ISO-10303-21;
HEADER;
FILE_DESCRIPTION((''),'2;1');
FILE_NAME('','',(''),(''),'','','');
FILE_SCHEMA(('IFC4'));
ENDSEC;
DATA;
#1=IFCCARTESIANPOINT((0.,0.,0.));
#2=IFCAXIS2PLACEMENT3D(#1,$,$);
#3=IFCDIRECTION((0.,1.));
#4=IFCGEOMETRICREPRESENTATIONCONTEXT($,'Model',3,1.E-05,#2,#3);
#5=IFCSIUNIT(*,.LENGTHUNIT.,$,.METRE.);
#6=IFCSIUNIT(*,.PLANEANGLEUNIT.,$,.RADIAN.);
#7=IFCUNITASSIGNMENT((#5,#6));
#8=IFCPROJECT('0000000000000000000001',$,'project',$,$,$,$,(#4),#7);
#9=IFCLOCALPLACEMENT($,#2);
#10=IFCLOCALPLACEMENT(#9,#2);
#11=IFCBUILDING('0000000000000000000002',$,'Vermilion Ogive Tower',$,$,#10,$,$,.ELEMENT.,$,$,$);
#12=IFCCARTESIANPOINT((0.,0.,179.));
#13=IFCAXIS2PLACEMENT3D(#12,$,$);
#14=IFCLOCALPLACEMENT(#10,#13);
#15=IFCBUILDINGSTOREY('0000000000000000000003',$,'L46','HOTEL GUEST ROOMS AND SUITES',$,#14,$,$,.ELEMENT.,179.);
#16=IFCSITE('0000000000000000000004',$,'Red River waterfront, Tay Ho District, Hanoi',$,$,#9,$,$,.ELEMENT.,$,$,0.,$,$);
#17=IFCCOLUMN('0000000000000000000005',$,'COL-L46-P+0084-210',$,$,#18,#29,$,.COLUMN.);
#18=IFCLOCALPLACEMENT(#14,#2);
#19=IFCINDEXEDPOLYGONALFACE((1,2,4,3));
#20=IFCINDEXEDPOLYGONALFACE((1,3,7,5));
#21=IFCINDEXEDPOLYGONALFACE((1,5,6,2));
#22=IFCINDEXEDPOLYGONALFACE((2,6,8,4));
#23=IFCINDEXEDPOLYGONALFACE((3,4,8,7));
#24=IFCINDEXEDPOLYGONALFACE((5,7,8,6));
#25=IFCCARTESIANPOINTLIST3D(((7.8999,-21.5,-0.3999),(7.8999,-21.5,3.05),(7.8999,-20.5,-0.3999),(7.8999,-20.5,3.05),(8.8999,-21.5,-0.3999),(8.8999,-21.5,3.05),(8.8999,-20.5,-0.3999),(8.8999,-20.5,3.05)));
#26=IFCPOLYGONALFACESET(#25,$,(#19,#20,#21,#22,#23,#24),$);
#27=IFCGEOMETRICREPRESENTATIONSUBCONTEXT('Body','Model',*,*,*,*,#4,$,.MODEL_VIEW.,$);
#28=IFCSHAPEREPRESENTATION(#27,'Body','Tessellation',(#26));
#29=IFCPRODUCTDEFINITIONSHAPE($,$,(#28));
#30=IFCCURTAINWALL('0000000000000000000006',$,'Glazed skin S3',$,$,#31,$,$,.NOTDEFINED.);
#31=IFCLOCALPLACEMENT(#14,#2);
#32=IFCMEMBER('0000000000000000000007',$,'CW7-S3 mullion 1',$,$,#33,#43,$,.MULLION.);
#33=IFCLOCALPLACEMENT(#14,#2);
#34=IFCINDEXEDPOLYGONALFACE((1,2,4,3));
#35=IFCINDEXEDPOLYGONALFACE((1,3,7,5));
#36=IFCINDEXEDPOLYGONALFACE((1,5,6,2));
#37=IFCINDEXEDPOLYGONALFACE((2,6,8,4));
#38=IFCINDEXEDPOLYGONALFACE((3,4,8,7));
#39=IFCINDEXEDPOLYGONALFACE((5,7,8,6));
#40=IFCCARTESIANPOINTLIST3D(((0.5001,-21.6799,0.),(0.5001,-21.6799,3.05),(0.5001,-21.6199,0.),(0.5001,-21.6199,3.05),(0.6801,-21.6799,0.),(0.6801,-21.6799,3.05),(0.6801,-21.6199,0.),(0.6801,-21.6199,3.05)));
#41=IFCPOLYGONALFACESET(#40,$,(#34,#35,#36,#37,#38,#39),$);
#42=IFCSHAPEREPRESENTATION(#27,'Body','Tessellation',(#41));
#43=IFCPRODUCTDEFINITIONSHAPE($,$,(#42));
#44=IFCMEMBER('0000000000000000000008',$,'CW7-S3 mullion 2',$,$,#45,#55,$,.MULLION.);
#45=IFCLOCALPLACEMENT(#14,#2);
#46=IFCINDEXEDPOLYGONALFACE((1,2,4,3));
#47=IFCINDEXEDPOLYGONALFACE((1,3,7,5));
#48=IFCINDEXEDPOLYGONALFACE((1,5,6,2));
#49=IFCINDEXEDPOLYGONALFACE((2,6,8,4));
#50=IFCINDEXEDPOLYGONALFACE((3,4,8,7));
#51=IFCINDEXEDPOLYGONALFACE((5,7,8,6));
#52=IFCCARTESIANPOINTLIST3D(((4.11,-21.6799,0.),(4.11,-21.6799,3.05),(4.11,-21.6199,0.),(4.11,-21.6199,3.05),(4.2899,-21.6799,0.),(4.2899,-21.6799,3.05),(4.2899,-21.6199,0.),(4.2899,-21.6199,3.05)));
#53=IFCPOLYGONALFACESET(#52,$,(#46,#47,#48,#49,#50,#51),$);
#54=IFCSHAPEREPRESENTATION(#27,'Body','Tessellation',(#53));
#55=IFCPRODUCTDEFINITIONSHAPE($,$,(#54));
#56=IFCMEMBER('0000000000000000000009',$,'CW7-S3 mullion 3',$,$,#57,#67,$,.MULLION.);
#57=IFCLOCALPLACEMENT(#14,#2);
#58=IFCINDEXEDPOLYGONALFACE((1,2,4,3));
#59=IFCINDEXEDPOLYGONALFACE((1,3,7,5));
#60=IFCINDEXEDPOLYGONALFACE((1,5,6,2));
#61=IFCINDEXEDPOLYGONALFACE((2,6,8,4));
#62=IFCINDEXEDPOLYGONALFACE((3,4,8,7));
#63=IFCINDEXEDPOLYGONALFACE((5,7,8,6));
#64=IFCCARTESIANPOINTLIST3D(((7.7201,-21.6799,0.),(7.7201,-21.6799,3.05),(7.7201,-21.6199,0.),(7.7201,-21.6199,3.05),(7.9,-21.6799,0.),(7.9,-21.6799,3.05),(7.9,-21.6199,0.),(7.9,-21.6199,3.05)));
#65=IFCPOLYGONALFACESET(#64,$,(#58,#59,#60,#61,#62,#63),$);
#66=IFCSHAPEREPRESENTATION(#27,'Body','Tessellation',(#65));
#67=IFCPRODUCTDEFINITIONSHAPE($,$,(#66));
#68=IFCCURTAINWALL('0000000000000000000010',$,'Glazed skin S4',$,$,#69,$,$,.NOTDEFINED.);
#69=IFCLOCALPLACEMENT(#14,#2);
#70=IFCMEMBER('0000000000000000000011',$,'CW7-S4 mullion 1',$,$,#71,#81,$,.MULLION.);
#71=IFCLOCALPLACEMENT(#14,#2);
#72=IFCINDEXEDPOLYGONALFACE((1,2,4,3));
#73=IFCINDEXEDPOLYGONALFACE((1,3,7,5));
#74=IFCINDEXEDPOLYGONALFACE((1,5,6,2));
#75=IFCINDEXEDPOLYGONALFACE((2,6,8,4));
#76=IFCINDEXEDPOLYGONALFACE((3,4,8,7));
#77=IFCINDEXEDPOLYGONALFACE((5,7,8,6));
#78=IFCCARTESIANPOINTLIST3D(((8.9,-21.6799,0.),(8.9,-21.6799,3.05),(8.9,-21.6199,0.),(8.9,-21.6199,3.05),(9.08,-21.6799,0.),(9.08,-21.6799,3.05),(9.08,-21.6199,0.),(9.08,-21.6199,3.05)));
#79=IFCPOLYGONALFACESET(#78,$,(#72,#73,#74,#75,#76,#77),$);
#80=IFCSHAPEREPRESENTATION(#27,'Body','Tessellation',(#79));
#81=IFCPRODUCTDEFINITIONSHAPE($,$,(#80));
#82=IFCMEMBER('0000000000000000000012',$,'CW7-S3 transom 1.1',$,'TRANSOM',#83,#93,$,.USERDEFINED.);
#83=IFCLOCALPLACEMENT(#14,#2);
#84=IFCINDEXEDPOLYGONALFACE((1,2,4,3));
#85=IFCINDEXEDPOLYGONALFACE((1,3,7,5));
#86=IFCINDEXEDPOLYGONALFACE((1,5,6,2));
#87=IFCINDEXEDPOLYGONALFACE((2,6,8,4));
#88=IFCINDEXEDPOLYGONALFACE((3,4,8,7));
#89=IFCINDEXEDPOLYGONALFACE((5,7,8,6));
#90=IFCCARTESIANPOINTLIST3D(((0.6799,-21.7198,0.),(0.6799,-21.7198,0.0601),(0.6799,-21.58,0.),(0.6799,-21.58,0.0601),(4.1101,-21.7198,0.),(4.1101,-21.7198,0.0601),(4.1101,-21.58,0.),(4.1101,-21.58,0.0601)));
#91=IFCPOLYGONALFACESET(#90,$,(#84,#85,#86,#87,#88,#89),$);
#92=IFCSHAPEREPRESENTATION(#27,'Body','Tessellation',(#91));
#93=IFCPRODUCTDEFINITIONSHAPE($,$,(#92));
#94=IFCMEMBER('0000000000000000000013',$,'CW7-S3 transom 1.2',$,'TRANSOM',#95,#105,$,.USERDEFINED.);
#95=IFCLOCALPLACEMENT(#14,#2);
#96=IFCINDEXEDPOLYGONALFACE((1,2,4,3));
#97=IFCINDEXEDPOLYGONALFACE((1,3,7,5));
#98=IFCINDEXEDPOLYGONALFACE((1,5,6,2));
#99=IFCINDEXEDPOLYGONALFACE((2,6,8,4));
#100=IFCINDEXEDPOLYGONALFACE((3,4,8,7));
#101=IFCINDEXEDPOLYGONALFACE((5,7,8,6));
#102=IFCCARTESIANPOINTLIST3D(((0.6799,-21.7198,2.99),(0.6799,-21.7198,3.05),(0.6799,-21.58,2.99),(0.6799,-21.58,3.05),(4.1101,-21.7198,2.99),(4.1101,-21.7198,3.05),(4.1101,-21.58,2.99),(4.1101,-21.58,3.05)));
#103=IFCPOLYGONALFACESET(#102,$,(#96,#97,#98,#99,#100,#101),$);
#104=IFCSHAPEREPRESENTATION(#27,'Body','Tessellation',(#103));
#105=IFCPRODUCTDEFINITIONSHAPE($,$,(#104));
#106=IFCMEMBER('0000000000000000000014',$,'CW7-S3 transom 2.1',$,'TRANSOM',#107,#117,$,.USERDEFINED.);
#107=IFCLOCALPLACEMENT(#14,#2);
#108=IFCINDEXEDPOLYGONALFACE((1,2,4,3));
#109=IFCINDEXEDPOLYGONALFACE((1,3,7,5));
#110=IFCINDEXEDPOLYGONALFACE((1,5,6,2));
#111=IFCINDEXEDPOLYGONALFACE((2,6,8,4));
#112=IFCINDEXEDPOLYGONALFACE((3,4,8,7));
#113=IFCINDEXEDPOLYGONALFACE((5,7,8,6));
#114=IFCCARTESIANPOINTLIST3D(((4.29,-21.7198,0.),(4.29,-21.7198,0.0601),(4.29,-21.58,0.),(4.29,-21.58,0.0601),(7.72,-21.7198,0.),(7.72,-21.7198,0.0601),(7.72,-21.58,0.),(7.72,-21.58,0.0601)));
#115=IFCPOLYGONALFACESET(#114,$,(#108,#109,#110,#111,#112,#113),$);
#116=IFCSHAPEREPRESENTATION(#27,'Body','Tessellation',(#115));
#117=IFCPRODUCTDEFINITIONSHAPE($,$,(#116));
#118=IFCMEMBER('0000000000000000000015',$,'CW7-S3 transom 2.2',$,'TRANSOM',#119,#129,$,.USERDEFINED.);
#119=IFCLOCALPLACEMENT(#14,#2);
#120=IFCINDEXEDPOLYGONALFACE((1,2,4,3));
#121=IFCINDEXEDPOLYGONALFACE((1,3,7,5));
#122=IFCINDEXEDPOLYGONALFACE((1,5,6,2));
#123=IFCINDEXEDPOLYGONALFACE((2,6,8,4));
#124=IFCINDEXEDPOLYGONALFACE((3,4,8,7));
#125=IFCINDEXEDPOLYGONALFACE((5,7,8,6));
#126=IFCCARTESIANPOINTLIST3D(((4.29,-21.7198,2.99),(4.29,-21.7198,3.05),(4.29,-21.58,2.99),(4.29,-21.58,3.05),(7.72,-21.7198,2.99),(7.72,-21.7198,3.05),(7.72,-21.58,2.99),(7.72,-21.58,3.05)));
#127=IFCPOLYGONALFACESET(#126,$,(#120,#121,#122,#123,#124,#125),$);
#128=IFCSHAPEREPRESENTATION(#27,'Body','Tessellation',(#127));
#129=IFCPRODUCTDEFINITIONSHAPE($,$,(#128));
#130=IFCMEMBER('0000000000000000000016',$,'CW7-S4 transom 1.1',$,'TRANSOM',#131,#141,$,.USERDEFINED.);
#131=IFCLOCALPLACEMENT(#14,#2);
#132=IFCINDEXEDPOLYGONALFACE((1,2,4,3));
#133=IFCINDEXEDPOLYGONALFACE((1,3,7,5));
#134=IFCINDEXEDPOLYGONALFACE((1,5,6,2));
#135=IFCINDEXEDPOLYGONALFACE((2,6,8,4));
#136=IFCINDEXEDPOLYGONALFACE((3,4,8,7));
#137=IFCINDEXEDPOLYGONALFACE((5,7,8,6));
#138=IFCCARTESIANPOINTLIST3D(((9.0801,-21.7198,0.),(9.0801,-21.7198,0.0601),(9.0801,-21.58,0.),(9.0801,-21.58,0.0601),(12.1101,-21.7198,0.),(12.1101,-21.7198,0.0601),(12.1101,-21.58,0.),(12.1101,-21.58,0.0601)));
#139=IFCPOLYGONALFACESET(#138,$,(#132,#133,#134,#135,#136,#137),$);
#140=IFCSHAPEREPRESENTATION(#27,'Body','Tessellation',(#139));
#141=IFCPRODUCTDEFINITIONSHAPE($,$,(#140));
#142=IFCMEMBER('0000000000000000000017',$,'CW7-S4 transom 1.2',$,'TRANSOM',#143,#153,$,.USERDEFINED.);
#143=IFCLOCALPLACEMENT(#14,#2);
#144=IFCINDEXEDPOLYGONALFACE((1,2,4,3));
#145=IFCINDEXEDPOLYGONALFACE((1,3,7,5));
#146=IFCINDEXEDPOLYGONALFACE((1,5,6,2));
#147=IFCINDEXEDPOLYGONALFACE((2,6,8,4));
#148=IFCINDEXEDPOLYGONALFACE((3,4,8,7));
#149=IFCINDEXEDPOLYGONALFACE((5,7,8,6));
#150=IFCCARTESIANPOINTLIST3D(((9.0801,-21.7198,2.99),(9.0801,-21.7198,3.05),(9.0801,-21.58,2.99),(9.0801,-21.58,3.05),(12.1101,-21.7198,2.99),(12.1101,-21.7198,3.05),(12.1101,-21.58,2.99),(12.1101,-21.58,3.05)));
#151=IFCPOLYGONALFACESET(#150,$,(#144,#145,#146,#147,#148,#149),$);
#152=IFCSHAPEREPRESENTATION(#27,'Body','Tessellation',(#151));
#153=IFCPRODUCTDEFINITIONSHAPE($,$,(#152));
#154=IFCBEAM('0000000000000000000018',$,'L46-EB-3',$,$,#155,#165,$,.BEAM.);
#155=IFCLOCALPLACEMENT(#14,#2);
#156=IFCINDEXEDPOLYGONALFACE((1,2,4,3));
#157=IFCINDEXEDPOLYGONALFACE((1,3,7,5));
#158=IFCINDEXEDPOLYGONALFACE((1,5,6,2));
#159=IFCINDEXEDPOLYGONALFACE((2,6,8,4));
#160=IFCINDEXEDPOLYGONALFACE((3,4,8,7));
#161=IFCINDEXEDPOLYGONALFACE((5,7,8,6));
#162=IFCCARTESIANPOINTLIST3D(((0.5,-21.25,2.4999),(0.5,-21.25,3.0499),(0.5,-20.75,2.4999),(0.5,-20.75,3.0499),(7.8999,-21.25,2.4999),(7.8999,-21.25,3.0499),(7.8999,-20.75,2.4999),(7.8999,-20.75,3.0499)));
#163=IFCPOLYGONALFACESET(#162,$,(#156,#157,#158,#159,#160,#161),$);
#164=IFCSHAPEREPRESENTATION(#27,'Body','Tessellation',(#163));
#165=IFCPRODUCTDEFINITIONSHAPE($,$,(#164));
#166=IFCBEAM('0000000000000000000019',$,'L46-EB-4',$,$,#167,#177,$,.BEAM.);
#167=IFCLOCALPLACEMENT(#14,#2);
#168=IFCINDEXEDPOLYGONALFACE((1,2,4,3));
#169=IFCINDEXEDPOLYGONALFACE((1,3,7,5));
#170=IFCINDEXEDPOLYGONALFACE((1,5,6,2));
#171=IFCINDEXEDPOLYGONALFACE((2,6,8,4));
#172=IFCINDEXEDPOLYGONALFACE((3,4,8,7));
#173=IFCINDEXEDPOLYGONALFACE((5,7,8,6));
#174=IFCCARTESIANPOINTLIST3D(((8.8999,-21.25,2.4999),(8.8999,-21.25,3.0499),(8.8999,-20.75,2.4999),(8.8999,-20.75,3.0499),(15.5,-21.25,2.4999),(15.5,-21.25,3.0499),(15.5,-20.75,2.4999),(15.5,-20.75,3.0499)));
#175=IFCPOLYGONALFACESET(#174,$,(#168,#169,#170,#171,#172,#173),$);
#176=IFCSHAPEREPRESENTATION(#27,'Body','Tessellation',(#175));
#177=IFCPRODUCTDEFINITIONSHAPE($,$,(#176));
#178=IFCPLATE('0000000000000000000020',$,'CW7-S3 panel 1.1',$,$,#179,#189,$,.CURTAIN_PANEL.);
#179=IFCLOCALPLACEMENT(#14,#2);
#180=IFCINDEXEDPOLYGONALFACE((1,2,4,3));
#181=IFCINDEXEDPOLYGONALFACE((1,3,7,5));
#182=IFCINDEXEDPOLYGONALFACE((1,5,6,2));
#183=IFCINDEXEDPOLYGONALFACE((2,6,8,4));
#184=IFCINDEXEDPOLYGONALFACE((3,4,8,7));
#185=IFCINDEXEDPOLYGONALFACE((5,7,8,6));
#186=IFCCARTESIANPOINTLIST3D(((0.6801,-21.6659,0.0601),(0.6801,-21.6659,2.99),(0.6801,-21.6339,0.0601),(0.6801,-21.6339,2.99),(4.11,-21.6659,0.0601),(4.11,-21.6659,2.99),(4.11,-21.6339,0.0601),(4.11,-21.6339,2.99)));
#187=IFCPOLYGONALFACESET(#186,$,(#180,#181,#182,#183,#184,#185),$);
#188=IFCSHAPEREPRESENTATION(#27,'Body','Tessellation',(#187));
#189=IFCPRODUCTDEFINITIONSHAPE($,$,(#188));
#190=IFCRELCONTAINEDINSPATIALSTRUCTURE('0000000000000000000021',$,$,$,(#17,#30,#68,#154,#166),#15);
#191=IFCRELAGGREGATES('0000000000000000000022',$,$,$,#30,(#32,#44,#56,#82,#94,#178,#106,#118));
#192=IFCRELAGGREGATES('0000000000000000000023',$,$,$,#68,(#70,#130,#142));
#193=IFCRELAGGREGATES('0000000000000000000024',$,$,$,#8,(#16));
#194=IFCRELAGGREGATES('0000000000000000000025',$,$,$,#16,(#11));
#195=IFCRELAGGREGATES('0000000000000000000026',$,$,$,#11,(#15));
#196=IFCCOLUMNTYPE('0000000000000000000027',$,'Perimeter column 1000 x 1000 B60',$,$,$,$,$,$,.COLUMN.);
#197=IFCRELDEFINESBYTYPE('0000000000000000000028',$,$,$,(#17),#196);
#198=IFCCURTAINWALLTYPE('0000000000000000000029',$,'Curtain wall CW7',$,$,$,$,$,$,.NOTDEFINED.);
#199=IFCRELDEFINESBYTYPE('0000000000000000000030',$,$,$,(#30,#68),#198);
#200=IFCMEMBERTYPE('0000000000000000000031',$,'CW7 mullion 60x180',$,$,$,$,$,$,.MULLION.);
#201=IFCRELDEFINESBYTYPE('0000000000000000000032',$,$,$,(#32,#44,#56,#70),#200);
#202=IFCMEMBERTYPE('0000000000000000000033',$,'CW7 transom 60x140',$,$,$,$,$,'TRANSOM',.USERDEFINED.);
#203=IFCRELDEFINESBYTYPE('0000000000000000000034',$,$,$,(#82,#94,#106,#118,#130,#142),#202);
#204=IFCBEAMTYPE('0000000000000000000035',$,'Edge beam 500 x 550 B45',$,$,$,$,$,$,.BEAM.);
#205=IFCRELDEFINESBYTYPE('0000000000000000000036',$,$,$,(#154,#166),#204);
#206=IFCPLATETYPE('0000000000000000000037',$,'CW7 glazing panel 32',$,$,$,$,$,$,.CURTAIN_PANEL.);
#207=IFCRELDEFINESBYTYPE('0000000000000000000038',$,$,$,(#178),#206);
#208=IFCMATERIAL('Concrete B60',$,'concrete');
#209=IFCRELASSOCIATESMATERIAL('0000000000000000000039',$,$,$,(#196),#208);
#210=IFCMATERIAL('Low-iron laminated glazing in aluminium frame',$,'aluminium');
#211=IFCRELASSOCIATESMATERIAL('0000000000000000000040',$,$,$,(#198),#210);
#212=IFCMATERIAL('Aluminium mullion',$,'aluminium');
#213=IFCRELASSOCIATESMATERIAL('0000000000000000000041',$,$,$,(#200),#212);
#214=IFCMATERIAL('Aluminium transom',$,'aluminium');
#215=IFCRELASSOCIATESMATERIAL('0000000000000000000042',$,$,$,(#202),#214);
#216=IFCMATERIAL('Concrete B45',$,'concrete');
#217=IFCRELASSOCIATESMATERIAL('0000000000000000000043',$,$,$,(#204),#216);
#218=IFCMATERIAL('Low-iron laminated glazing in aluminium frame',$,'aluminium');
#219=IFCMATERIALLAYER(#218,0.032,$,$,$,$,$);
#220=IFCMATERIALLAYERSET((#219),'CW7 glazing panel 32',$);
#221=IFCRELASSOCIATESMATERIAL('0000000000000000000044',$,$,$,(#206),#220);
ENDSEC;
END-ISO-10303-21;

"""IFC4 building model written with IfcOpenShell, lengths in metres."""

from ifc_helpers import new_model, si_unit, direction, frame, origin, origin_2d, place, context, subcontext, project, spatial, rectangle, extrude, material, layer, layer_set, material_profile, profile_set, type_object, element, aggregate, save


model = new_model("IFC4")

# Units and contexts
model_context = context("Model", 3, precision=1e-05, world=origin(), true_north=direction((0.0, 1.0)))
body_context = subcontext(model_context, "Body", "Model", "MODEL_VIEW")
ifc_project = project(units=[si_unit("LENGTHUNIT", "METRE"), si_unit("PLANEANGLEUNIT", "RADIAN")], contexts=[model_context])

# Site, building, storey
site_placement = place(None, origin())
site = spatial("IfcSite", under=ifc_project, at=site_placement, Name="Red River waterfront, Tay Ho District, Hanoi", CompositionType="ELEMENT", RefElevation=0.0)
building_placement = place(site_placement, origin())
building = spatial("IfcBuilding", under=site, at=building_placement, Name="Vermilion Ogive Tower", CompositionType="ELEMENT")
storey_placement = place(building_placement, frame((0.0, 0.0, 179.0)))
storey = spatial("IfcBuildingStorey", under=building, at=storey_placement, Name="L46", Description="HOTEL GUEST ROOMS AND SUITES", CompositionType="ELEMENT", Elevation=179.0)

# Column
ifc_material_1 = material(Name="Concrete B60", Category="concrete")
ifc_material_profile_1 = material_profile(ifc_material_1, rectangle(XDim=1.0, YDim=1.0, at=origin_2d()), Name="1000 x 1000")
ifc_profile_set_1 = profile_set([ifc_material_profile_1], Name="Concrete B60")
column_type = type_object("IfcColumnType", Name="Perimeter column 1000 x 1000 B60", PredefinedType="COLUMN", material=ifc_profile_set_1)
column_placement = place(storey_placement, frame((8.3999, -21.0, -0.3999), z_axis=(0.0, 0.0, 1.0), x_axis=(1.0, 0.0, 0.0)))
element("IfcColumn", 1, at=column_placement, inside=storey, type_object=column_type, Name="COL-L46-P+0084-210", PredefinedType="COLUMN", context=body_context, shape_type="SweptSolid", body=[
    extrude(rectangle(XDim=1.0, YDim=1.0, at=origin_2d()), origin(), (0.0, 0.0, 1.0), 3.45),
])

# Curtain wall, members
ifc_material_2 = material(Name="Low-iron laminated glazing in aluminium frame", Category="aluminium")
curtain_wall_type = type_object("IfcCurtainWallType", Name="Curtain wall CW7", PredefinedType="NOTDEFINED", material=ifc_material_2)
curtain_wall_1_placement = place(storey_placement, origin())
curtain_wall_1 = element("IfcCurtainWall", 2, at=curtain_wall_1_placement, inside=storey, type_object=curtain_wall_type, Name="Glazed skin S3", PredefinedType="NOTDEFINED")
ifc_material_3 = material(Name="Aluminium mullion", Category="aluminium")
ifc_material_profile_2 = material_profile(ifc_material_3, rectangle(XDim=0.0601, YDim=0.1799, at=origin_2d()), Name="AL 60x180")
ifc_profile_set_2 = profile_set([ifc_material_profile_2], Name="Aluminium mullion")
member_type_1 = type_object("IfcMemberType", Name="CW7 mullion 60x180", PredefinedType="MULLION", material=ifc_profile_set_2)
member_1_placement = place(storey_placement, frame((0.5901, -21.6499, 0.0), z_axis=(0.0, 0.0, 1.0), x_axis=(0.0, 1.0, 0.0)))
member_1 = element("IfcMember", 3, at=member_1_placement, type_object=member_type_1, Name="CW7-S3 mullion 1", PredefinedType="MULLION", context=body_context, shape_type="SweptSolid", body=[
    extrude(rectangle(XDim=0.0601, YDim=0.1799, at=origin_2d()), origin(), (0.0, 0.0, 1.0), 3.05),
])
member_2_placement = place(storey_placement, frame((4.2, -21.6499, 0.0), z_axis=(0.0, 0.0, 1.0), x_axis=(0.0, 1.0, 0.0)))
member_2 = element("IfcMember", 4, at=member_2_placement, type_object=member_type_1, Name="CW7-S3 mullion 2", PredefinedType="MULLION", context=body_context, shape_type="SweptSolid", body=[
    extrude(rectangle(XDim=0.0601, YDim=0.1799, at=origin_2d()), origin(), (0.0, 0.0, 1.0), 3.05),
])
member_3_placement = place(storey_placement, frame((7.8101, -21.6499, 0.0), z_axis=(0.0, 0.0, 1.0), x_axis=(0.0, 1.0, 0.0)))
member_3 = element("IfcMember", 5, at=member_3_placement, type_object=member_type_1, Name="CW7-S3 mullion 3", PredefinedType="MULLION", context=body_context, shape_type="SweptSolid", body=[
    extrude(rectangle(XDim=0.0601, YDim=0.1799, at=origin_2d()), origin(), (0.0, 0.0, 1.0), 3.05),
])

# Curtain wall, member
curtain_wall_2_placement = place(storey_placement, origin())
curtain_wall_2 = element("IfcCurtainWall", 6, at=curtain_wall_2_placement, inside=storey, type_object=curtain_wall_type, Name="Glazed skin S4", PredefinedType="NOTDEFINED")
member_4_placement = place(storey_placement, frame((8.99, -21.6499, 0.0), z_axis=(0.0, 0.0, 1.0), x_axis=(0.0, 1.0, 0.0)))
member_4 = element("IfcMember", 7, at=member_4_placement, type_object=member_type_1, Name="CW7-S4 mullion 1", PredefinedType="MULLION", context=body_context, shape_type="SweptSolid", body=[
    extrude(rectangle(XDim=0.0601, YDim=0.1799, at=origin_2d()), origin(), (0.0, 0.0, 1.0), 3.05),
])

# Members
ifc_material_4 = material(Name="Aluminium transom", Category="aluminium")
ifc_material_profile_3 = material_profile(ifc_material_4, rectangle(XDim=0.1399, YDim=0.0601, at=origin_2d()), Name="AL 60x140")
ifc_profile_set_3 = profile_set([ifc_material_profile_3], Name="Aluminium transom")
member_type_2 = type_object("IfcMemberType", Name="CW7 transom 60x140", ElementType="TRANSOM", PredefinedType="USERDEFINED", material=ifc_profile_set_3)
member_5_placement = place(storey_placement, frame((0.6799, -21.6499, 0.03), z_axis=(1.0, 0.0, 0.0), x_axis=(0.0, 1.0, 0.0)))
member_5 = element("IfcMember", 8, at=member_5_placement, type_object=member_type_2, Name="CW7-S3 transom 1.1", ObjectType="TRANSOM", PredefinedType="USERDEFINED", context=body_context, shape_type="SweptSolid", body=[
    extrude(rectangle(XDim=0.1399, YDim=0.0601, at=origin_2d()), origin(), (0.0, 0.0, 1.0), 3.4302),
])
member_6_placement = place(storey_placement, frame((0.6799, -21.6499, 3.02), z_axis=(1.0, 0.0, 0.0), x_axis=(0.0, 1.0, 0.0)))
member_6 = element("IfcMember", 9, at=member_6_placement, type_object=member_type_2, Name="CW7-S3 transom 1.2", ObjectType="TRANSOM", PredefinedType="USERDEFINED", context=body_context, shape_type="SweptSolid", body=[
    extrude(rectangle(XDim=0.1399, YDim=0.0601, at=origin_2d()), origin(), (0.0, 0.0, 1.0), 3.4302),
])
member_7_placement = place(storey_placement, frame((4.29, -21.6499, 0.03), z_axis=(1.0, 0.0, 0.0), x_axis=(0.0, 1.0, 0.0)))
member_7 = element("IfcMember", 10, at=member_7_placement, type_object=member_type_2, Name="CW7-S3 transom 2.1", ObjectType="TRANSOM", PredefinedType="USERDEFINED", context=body_context, shape_type="SweptSolid", body=[
    extrude(rectangle(XDim=0.1399, YDim=0.0601, at=origin_2d()), origin(), (0.0, 0.0, 1.0), 3.4299),
])
member_8_placement = place(storey_placement, frame((4.29, -21.6499, 3.02), z_axis=(1.0, 0.0, 0.0), x_axis=(0.0, 1.0, 0.0)))
member_8 = element("IfcMember", 11, at=member_8_placement, type_object=member_type_2, Name="CW7-S3 transom 2.2", ObjectType="TRANSOM", PredefinedType="USERDEFINED", context=body_context, shape_type="SweptSolid", body=[
    extrude(rectangle(XDim=0.1399, YDim=0.0601, at=origin_2d()), origin(), (0.0, 0.0, 1.0), 3.4299),
])
member_9_placement = place(storey_placement, frame((9.0801, -21.6499, 0.03), z_axis=(1.0, 0.0, 0.0), x_axis=(0.0, 1.0, 0.0)))
member_9 = element("IfcMember", 12, at=member_9_placement, type_object=member_type_2, Name="CW7-S4 transom 1.1", ObjectType="TRANSOM", PredefinedType="USERDEFINED", context=body_context, shape_type="SweptSolid", body=[
    extrude(rectangle(XDim=0.1399, YDim=0.0601, at=origin_2d()), origin(), (0.0, 0.0, 1.0), 3.03),
])
member_10_placement = place(storey_placement, frame((9.0801, -21.6499, 3.02), z_axis=(1.0, 0.0, 0.0), x_axis=(0.0, 1.0, 0.0)))
member_10 = element("IfcMember", 13, at=member_10_placement, type_object=member_type_2, Name="CW7-S4 transom 1.2", ObjectType="TRANSOM", PredefinedType="USERDEFINED", context=body_context, shape_type="SweptSolid", body=[
    extrude(rectangle(XDim=0.1399, YDim=0.0601, at=origin_2d()), origin(), (0.0, 0.0, 1.0), 3.03),
])

# Beams
ifc_material_5 = material(Name="Concrete B45", Category="concrete")
ifc_material_profile_4 = material_profile(ifc_material_5, rectangle(XDim=0.5, YDim=0.55, at=origin_2d()), Name="500 x 550")
ifc_profile_set_4 = profile_set([ifc_material_profile_4], Name="Concrete B45")
beam_type = type_object("IfcBeamType", Name="Edge beam 500 x 550 B45", PredefinedType="BEAM", material=ifc_profile_set_4)
beam_1_placement = place(storey_placement, frame((0.5, -21.0, 2.7749), z_axis=(1.0, 0.0, 0.0), x_axis=(0.0, 1.0, 0.0)))
element("IfcBeam", 14, at=beam_1_placement, inside=storey, type_object=beam_type, Name="L46-EB-3", PredefinedType="BEAM", context=body_context, shape_type="SweptSolid", body=[
    extrude(rectangle(XDim=0.5, YDim=0.55, at=origin_2d()), origin(), (0.0, 0.0, 1.0), 7.3999),
])
beam_2_placement = place(storey_placement, frame((8.8999, -21.0, 2.7749), z_axis=(1.0, 0.0, 0.0), x_axis=(0.0, 1.0, 0.0)))
element("IfcBeam", 15, at=beam_2_placement, inside=storey, type_object=beam_type, Name="L46-EB-4", PredefinedType="BEAM", context=body_context, shape_type="SweptSolid", body=[
    extrude(rectangle(XDim=0.5, YDim=0.55, at=origin_2d()), origin(), (0.0, 0.0, 1.0), 6.6001),
])

# Plate
ifc_material_6 = material(Name="Low-iron laminated glazing in aluminium frame", Category="aluminium")
ifc_layer_1 = layer(ifc_material_6, 0.032)
ifc_layer_set_1 = layer_set([ifc_layer_1], Name="CW7 glazing panel 32")
plate_type = type_object("IfcPlateType", Name="CW7 glazing panel 32", PredefinedType="CURTAIN_PANEL", material=ifc_layer_set_1)
plate_1_placement = place(storey_placement, frame((2.395, -21.6499, 0.0601), z_axis=(0.0, 0.0, 1.0), x_axis=(1.0, 0.0, 0.0)))
plate_1 = element("IfcPlate", 16, at=plate_1_placement, type_object=plate_type, Name="CW7-S3 panel 1.1", PredefinedType="CURTAIN_PANEL", context=body_context, shape_type="SweptSolid", body=[
    extrude(rectangle(XDim=3.4299, YDim=0.032, at=origin_2d()), origin(), (0.0, 0.0, 1.0), 2.9299),
])
aggregate(curtain_wall_1, [member_1, member_2, member_3, member_5, member_6, plate_1, member_7, member_8])
aggregate(curtain_wall_2, [member_4, member_9, member_10])

save(model, "model.ifc")
